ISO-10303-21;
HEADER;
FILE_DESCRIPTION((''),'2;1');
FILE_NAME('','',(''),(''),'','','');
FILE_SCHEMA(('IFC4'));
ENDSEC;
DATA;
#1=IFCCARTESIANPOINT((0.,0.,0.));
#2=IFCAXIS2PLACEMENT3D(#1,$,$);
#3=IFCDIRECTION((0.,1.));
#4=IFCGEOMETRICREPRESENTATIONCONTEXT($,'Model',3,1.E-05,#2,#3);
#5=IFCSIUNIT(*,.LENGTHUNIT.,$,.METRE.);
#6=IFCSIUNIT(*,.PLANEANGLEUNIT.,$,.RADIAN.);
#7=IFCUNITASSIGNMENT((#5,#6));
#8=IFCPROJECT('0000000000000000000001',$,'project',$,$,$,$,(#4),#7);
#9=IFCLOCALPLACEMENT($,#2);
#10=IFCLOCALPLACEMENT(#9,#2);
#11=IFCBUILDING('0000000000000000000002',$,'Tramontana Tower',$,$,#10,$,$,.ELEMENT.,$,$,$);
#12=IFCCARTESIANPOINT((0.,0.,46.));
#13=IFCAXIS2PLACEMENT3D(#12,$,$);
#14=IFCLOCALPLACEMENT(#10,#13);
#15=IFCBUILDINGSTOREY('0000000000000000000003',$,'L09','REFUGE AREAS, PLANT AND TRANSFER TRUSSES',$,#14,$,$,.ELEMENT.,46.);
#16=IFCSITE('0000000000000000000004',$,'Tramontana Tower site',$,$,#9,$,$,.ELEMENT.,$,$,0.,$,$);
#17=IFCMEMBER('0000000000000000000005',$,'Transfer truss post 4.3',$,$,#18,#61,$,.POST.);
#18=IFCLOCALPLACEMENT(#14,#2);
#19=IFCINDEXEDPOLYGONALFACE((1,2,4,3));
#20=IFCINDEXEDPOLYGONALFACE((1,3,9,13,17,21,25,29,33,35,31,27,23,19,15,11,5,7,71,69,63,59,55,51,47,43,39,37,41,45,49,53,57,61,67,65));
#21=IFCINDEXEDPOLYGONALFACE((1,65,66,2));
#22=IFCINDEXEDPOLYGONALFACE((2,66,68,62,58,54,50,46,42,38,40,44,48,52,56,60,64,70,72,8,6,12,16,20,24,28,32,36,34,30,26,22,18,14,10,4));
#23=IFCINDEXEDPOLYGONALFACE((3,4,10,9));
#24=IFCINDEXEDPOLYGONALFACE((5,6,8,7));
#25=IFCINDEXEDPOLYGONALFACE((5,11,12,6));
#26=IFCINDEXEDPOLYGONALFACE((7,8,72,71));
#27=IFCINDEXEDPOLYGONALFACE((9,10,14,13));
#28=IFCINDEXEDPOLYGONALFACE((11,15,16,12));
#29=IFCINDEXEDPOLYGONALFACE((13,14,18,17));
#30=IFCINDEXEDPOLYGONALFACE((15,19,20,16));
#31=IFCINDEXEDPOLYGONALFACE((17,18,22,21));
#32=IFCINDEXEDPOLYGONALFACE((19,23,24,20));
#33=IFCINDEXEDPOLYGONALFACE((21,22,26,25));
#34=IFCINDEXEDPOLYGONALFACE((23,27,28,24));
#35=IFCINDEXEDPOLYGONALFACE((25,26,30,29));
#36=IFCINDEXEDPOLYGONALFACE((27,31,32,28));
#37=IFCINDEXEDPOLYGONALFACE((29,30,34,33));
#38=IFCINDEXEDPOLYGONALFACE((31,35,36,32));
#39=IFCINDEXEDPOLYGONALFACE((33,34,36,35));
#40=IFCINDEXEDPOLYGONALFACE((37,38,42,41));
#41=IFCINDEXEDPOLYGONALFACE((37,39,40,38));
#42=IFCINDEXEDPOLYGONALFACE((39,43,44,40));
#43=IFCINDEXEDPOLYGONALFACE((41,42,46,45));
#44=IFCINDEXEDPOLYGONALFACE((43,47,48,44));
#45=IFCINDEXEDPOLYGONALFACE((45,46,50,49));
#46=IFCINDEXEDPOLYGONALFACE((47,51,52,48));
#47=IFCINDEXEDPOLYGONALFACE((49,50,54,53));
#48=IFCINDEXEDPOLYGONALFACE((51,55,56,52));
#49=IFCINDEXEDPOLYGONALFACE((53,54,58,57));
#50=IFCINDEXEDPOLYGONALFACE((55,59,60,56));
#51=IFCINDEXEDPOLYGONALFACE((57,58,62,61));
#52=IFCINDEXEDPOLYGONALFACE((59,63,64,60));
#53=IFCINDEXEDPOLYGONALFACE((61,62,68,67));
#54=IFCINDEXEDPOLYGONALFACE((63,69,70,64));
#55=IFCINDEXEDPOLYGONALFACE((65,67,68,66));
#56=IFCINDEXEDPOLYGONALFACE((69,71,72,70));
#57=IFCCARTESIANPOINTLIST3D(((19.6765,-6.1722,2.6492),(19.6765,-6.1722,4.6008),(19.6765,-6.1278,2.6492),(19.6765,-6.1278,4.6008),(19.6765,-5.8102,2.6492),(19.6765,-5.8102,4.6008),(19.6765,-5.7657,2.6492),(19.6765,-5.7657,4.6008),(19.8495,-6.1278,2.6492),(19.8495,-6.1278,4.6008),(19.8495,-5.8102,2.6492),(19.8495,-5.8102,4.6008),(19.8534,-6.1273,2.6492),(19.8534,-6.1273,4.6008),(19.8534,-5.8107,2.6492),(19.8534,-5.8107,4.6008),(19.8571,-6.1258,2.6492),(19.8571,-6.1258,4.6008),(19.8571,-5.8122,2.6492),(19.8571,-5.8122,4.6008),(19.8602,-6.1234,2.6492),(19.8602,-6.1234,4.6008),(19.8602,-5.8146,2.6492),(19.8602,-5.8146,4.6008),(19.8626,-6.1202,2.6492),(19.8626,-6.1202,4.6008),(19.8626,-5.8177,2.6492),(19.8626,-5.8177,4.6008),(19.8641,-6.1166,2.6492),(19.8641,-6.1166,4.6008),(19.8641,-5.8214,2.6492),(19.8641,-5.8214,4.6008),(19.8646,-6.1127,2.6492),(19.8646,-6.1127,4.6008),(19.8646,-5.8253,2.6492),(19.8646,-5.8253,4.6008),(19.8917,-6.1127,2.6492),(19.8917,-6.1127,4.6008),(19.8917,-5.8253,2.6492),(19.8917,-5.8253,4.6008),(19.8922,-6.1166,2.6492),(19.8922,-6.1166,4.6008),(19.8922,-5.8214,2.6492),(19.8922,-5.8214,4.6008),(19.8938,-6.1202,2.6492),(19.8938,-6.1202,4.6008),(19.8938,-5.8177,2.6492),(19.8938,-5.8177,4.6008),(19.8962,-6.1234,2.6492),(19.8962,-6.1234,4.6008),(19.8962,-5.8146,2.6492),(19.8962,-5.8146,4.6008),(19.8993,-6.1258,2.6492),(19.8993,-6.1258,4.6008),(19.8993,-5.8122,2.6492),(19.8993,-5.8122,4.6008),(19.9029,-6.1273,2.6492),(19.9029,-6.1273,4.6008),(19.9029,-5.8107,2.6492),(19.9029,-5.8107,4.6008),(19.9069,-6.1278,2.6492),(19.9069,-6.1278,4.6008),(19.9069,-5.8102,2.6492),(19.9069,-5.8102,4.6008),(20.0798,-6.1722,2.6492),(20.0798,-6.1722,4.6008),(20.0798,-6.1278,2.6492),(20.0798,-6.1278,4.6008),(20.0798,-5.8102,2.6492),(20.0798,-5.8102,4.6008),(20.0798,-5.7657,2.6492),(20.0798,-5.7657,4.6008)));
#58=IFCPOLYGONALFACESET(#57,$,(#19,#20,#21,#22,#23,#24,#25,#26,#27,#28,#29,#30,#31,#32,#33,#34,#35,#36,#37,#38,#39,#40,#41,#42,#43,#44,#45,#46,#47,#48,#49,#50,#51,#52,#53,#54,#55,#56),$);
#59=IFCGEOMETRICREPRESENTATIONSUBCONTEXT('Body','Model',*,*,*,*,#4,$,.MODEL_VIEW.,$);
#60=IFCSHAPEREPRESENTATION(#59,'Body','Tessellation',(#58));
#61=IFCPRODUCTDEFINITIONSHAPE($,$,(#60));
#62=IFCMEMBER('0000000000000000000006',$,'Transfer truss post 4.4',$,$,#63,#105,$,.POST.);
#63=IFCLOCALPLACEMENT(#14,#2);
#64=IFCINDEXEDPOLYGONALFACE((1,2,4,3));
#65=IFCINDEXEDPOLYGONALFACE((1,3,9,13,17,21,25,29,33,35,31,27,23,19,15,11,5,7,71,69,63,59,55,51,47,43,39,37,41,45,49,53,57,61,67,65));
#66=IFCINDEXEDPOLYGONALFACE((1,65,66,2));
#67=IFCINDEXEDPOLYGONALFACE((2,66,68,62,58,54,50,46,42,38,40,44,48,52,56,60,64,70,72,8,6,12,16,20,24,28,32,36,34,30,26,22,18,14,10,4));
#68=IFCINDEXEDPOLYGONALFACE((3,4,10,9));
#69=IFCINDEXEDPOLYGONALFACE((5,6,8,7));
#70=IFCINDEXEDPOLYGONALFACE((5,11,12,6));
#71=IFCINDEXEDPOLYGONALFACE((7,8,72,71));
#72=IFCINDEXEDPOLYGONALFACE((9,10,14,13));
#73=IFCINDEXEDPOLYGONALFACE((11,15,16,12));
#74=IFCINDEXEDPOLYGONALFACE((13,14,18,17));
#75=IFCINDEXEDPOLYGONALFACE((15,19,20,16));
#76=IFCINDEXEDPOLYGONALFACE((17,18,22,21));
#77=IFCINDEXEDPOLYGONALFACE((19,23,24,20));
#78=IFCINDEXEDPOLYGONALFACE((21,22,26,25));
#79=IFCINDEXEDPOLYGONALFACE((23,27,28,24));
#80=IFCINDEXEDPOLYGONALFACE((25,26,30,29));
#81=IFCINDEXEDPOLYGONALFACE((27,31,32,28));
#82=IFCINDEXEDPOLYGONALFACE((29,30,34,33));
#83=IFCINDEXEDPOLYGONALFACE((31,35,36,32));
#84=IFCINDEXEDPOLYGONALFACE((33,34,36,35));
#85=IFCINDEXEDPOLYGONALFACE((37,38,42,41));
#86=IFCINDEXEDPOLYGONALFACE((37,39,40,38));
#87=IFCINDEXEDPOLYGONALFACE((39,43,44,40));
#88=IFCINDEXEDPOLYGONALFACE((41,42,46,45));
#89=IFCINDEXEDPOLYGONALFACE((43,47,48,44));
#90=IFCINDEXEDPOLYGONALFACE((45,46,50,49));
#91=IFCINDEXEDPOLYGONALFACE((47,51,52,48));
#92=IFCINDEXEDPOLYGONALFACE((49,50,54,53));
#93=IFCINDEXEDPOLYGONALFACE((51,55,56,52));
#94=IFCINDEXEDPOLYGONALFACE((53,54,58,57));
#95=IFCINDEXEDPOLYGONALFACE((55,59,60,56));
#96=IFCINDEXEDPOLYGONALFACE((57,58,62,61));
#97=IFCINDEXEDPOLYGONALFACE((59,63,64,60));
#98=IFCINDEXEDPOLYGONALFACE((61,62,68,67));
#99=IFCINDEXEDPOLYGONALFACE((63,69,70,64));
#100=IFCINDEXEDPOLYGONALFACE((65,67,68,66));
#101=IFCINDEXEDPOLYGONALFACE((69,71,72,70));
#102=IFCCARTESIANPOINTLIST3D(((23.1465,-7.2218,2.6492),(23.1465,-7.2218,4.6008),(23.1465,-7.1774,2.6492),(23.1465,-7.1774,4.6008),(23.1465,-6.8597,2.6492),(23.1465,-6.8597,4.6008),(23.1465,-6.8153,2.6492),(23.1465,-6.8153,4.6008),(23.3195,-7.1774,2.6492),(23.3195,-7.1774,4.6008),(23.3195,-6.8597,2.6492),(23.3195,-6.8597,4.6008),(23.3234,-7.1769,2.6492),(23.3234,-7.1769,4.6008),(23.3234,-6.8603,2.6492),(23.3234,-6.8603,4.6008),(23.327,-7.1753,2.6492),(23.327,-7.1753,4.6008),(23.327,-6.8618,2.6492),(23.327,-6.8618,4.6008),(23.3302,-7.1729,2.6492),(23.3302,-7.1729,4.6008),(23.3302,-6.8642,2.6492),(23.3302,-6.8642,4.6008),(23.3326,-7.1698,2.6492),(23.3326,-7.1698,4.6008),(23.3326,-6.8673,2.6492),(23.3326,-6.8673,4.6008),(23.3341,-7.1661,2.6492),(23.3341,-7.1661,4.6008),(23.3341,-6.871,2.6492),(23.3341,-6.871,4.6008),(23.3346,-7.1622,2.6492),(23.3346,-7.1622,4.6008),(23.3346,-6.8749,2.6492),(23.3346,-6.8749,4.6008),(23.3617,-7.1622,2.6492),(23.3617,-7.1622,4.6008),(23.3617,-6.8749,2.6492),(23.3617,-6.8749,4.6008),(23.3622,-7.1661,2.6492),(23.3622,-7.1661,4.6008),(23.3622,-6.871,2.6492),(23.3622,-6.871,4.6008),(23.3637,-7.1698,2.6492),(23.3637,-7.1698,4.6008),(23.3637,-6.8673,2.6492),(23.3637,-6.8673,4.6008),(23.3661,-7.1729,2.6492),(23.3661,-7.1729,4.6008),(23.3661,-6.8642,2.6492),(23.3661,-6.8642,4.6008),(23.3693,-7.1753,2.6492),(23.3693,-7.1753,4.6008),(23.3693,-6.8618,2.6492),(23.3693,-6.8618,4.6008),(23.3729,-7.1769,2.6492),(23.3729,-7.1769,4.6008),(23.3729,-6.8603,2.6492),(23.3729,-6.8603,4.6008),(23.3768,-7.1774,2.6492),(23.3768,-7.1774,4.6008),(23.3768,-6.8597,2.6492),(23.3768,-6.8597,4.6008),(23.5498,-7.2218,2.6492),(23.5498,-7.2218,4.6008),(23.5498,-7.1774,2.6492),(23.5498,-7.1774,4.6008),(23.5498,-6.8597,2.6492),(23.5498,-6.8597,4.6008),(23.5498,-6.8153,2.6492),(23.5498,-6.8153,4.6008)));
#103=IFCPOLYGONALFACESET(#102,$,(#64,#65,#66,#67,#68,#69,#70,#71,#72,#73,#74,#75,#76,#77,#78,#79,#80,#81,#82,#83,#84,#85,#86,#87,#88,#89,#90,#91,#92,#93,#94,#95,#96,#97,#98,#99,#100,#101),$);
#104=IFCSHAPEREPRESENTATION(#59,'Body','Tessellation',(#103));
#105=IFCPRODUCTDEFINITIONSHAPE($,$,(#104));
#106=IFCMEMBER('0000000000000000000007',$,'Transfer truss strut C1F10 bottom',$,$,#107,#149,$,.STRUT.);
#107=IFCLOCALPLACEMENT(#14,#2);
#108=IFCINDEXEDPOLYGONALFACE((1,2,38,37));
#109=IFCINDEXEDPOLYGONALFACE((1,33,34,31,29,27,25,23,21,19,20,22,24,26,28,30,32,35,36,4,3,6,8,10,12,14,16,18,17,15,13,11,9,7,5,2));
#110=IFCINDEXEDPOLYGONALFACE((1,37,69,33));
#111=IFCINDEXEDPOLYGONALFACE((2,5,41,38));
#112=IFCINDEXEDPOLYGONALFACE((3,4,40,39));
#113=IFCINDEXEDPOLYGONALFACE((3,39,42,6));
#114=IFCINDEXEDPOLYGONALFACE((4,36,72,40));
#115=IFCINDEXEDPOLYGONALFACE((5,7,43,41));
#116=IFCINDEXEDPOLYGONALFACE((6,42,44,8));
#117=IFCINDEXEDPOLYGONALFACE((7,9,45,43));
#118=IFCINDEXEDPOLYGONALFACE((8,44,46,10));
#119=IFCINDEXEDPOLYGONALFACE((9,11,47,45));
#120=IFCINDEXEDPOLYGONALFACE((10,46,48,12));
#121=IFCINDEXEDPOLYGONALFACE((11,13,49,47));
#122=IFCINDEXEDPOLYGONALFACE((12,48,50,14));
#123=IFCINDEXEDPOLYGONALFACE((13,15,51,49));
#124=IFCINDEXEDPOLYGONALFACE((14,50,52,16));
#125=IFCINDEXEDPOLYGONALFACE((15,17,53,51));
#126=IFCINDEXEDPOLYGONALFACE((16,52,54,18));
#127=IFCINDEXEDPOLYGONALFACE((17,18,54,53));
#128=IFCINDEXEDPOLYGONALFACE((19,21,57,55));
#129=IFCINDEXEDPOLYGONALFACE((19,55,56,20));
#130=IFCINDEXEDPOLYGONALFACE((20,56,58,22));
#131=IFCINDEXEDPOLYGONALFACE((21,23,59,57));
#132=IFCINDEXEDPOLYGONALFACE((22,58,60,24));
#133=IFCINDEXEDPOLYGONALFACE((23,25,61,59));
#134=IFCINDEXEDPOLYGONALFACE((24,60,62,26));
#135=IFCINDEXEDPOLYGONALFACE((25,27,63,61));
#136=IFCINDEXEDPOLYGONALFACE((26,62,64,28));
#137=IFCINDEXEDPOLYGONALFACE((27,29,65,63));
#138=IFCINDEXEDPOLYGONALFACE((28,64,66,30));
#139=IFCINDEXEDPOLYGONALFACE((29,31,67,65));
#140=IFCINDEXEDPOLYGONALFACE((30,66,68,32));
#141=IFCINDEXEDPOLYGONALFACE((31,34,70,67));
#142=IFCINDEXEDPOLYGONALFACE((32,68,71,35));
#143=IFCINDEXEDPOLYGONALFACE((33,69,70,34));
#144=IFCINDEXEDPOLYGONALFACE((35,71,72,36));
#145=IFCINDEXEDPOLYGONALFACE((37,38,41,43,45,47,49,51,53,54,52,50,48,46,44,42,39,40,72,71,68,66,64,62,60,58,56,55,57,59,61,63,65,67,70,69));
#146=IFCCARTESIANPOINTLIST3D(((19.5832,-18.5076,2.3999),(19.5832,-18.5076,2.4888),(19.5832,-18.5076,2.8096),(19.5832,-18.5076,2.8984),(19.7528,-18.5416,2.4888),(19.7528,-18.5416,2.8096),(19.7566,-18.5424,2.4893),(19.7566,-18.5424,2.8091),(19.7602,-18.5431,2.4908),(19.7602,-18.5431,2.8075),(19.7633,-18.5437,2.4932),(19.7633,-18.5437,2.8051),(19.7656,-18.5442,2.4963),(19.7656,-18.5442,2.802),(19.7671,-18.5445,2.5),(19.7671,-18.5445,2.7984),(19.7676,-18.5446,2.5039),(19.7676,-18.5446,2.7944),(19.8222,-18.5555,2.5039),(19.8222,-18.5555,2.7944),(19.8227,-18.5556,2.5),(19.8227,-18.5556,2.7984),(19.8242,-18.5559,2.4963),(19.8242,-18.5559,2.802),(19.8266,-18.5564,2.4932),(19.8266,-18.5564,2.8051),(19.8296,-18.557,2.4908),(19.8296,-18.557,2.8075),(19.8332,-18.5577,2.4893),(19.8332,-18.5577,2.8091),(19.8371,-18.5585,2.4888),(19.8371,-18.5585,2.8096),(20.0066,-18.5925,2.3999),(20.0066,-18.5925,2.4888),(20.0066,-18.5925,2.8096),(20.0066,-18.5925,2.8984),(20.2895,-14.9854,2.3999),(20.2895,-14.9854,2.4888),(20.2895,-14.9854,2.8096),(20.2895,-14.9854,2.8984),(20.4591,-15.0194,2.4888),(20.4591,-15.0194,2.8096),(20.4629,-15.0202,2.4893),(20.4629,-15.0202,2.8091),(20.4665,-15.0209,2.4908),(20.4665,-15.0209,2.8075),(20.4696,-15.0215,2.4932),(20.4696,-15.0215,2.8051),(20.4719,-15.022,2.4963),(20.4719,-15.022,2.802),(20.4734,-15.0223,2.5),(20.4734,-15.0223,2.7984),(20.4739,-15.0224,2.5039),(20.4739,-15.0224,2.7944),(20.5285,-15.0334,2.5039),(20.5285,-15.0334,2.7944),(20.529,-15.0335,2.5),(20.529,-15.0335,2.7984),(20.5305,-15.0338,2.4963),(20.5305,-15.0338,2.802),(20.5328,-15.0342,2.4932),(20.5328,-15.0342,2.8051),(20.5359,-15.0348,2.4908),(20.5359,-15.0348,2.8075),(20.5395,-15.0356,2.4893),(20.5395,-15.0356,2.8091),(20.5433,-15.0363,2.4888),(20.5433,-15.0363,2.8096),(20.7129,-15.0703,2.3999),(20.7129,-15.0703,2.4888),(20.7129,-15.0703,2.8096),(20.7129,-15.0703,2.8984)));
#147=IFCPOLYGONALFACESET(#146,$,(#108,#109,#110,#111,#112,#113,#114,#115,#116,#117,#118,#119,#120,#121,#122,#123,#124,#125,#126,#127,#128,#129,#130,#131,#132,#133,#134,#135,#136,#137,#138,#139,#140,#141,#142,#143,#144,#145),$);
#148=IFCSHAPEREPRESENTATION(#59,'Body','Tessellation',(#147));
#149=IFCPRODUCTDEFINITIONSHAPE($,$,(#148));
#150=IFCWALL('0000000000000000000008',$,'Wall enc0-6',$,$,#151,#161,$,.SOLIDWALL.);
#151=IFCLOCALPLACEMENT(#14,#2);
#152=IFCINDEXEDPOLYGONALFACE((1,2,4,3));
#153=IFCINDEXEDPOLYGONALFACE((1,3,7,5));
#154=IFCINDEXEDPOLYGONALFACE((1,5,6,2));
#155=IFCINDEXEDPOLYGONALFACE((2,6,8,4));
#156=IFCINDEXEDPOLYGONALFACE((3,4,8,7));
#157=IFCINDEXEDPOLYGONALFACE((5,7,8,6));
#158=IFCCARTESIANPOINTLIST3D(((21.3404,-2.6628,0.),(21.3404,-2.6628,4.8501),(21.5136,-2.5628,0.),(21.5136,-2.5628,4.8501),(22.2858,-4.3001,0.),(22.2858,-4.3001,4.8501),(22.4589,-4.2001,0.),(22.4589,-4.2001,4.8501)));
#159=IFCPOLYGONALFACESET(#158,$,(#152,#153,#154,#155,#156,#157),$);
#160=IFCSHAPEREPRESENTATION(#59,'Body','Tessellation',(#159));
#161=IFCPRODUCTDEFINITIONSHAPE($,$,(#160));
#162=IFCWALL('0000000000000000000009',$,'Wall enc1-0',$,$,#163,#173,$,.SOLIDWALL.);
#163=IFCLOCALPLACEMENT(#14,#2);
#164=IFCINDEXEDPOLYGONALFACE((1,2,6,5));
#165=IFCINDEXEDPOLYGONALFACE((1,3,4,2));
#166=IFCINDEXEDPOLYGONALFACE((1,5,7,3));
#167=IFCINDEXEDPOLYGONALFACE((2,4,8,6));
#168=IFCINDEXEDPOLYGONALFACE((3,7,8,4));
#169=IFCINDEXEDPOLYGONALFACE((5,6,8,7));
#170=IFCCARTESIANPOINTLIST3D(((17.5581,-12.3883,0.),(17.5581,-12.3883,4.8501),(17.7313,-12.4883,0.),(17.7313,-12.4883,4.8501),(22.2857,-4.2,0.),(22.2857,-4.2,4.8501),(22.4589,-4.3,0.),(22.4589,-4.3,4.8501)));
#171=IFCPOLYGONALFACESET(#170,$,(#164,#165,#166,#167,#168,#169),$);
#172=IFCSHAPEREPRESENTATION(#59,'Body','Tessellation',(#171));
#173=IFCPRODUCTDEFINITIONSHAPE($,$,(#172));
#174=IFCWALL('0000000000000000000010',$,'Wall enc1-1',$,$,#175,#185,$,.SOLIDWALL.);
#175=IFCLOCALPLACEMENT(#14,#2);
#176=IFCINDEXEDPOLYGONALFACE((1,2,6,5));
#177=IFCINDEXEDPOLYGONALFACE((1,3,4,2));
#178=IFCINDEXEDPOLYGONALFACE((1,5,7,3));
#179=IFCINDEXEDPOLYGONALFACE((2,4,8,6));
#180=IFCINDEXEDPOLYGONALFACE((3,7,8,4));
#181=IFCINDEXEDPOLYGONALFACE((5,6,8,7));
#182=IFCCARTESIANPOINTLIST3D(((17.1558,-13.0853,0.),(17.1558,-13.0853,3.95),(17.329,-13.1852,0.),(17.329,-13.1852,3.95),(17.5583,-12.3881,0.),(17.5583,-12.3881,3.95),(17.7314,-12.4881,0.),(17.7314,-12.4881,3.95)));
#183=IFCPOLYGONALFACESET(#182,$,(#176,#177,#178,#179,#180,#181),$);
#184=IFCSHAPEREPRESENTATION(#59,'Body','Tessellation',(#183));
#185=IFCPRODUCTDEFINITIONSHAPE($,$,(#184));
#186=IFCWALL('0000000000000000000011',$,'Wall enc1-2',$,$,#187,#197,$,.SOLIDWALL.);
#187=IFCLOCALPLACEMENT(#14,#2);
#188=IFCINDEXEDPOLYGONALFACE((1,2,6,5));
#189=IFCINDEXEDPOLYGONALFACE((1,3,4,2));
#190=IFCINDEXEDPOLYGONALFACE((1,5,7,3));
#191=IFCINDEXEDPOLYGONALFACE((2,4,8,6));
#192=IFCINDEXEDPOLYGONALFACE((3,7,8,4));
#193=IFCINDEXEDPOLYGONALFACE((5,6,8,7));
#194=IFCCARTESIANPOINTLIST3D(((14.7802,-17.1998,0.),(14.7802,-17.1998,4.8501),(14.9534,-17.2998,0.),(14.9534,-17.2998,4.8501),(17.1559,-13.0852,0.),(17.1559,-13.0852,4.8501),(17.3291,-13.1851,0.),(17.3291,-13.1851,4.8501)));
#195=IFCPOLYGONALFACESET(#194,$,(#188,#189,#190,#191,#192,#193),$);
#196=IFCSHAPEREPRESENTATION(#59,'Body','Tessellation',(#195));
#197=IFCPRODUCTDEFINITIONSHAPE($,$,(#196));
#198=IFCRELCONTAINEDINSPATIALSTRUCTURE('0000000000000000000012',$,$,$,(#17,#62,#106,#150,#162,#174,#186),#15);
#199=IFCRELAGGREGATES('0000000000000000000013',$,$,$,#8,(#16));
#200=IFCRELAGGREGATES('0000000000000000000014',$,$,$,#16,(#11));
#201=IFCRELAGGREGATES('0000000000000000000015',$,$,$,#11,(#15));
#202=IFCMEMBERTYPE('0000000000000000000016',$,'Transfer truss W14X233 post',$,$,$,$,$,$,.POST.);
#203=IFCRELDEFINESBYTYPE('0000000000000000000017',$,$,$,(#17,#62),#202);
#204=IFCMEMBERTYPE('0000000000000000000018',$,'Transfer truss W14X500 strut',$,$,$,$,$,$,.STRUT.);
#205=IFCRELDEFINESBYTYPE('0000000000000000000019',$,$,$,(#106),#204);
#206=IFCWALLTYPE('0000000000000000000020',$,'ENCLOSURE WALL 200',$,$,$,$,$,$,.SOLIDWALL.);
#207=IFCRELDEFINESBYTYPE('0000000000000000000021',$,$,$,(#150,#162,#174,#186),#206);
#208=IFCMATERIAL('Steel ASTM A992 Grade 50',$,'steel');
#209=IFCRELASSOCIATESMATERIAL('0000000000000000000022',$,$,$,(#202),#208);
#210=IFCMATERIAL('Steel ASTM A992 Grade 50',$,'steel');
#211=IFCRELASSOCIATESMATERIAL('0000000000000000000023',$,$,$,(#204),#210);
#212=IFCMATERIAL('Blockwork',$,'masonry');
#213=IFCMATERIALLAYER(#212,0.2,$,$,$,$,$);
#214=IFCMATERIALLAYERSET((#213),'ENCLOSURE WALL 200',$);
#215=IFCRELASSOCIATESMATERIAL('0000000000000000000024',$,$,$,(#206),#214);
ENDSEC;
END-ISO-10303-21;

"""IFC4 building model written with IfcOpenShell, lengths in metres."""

from ifc_helpers import new_model, si_unit, direction, frame, frame_2d, origin, origin_2d, place, context, subcontext, project, spatial, rectangle, i_section, extrude, material, layer, layer_set, material_profile, profile_set, type_object, element, save


model = new_model("IFC4")

# Units and contexts
model_context = context("Model", 3, precision=1e-05, world=origin(), true_north=direction((0.0, 1.0)))
body_context = subcontext(model_context, "Body", "Model", "MODEL_VIEW")
ifc_project = project(units=[si_unit("LENGTHUNIT", "METRE"), si_unit("PLANEANGLEUNIT", "RADIAN")], contexts=[model_context])

# Site, building, storey
site_placement = place(None, origin())
site = spatial("IfcSite", under=ifc_project, at=site_placement, Name="Tramontana Tower site", CompositionType="ELEMENT", RefElevation=0.0)
building_placement = place(site_placement, origin())
building = spatial("IfcBuilding", under=site, at=building_placement, Name="Tramontana Tower", CompositionType="ELEMENT")
storey_placement = place(building_placement, frame((0.0, 0.0, 46.0)))
storey = spatial("IfcBuildingStorey", under=building, at=storey_placement, Name="L09", Description="REFUGE AREAS, PLANT AND TRANSFER TRUSSES", CompositionType="ELEMENT", Elevation=46.0)

# Members
ifc_material_1 = material(Name="Steel ASTM A992 Grade 50", Category="steel")
ifc_material_profile_1 = material_profile(ifc_material_1, i_section(OverallWidth=0.4033, OverallDepth=0.4065, WebThickness=0.0271, FlangeThickness=0.0444, FilletRadius=0.0151, at=origin_2d()), Name="W14X233")
ifc_profile_set_1 = profile_set([ifc_material_profile_1], Name="Steel ASTM A992 Grade 50")
member_type_1 = type_object("IfcMemberType", Name="Transfer truss W14X233 post", PredefinedType="POST", material=ifc_profile_set_1)
for number, where, z_axis, x_axis, name in (
    (1, (19.8782, -5.969, 2.6492), (0.0, 0.0, 1.0), (1.0, 0.0, 0.0), "Transfer truss post 4.3"),
    (2, (23.3481, -7.0186, 2.6492), (0.0, 0.0, 1.0), (1.0, 0.0, 0.0), "Transfer truss post 4.4"),
):
    element("IfcMember", number, at=place(storey_placement, frame(where, z_axis=z_axis, x_axis=x_axis)), inside=storey, type_object=member_type_1, Name=name, PredefinedType="POST", context=body_context, shape_type="SweptSolid", body=[
        extrude(i_section(OverallWidth=0.4033, OverallDepth=0.4065, WebThickness=0.0271, FlangeThickness=0.0444, FilletRadius=0.0151, at=origin_2d()), origin(), (0.0, 0.0, 1.0), 1.9517),
    ])
ifc_material_2 = material(Name="Steel ASTM A992 Grade 50", Category="steel")
ifc_material_profile_2 = material_profile(ifc_material_2, i_section(OverallWidth=0.4319, OverallDepth=0.4985, WebThickness=0.0557, FlangeThickness=0.0889, FilletRadius=0.0151, at=origin_2d()), Name="W14X500")
ifc_profile_set_2 = profile_set([ifc_material_profile_2], Name="Steel ASTM A992 Grade 50")
member_type_2 = type_object("IfcMemberType", Name="Transfer truss W14X500 strut", PredefinedType="STRUT", material=ifc_profile_set_2)
member_1_placement = place(storey_placement, frame((19.7949, -18.55, 2.6492), z_axis=(0.196613, 0.980481, 0.0), x_axis=(-0.980481, 0.196613, 0.0)))
element("IfcMember", 3, at=member_1_placement, inside=storey, type_object=member_type_2, Name="Transfer truss strut C1F10 bottom", PredefinedType="STRUT", context=body_context, shape_type="SweptSolid", body=[
    extrude(i_section(OverallWidth=0.4319, OverallDepth=0.4985, WebThickness=0.0557, FlangeThickness=0.0889, FilletRadius=0.0151, at=origin_2d()), origin(), (0.0, 0.0, 1.0), 3.5923),
])

# Walls
ifc_material_3 = material(Name="Blockwork", Category="masonry")
ifc_layer_1 = layer(ifc_material_3, 0.2)
ifc_layer_set_1 = layer_set([ifc_layer_1], Name="ENCLOSURE WALL 200")
wall_type_1 = type_object("IfcWallType", Name="ENCLOSURE WALL 200", PredefinedType="SOLIDWALL", material=ifc_layer_set_1)
wall_1_placement = place(storey_placement, frame((21.427, -2.6128, 0.0), z_axis=(0.0, 0.0, 1.0), x_axis=(0.500028, -0.866009, 0.0)))
element("IfcWall", 4, at=wall_1_placement, inside=storey, type_object=wall_type_1, Name="Wall enc0-6", PredefinedType="SOLIDWALL", context=body_context, shape_type="SweptSolid", body=[
    extrude(rectangle(XDim=1.8906, YDim=0.2, at=frame_2d((0.9453, 0.0))), origin(), (0.0, 0.0, 1.0), 4.8501),
])
wall_2_placement = place(storey_placement, frame((22.3723, -4.25, 0.0), z_axis=(0.0, 0.0, 1.0), x_axis=(-0.500005, -0.866023, 0.0)))
element("IfcWall", 5, at=wall_2_placement, inside=storey, type_object=wall_type_1, Name="Wall enc1-0", PredefinedType="SOLIDWALL", context=body_context, shape_type="SweptSolid", body=[
    extrude(rectangle(XDim=9.4551, YDim=0.2, at=frame_2d((4.7275, 0.0))), origin(), (0.0, 0.0, 1.0), 4.8501),
])
wall_3_placement = place(storey_placement, frame((17.6448, -12.4382, 0.0), z_axis=(0.0, 0.0, 1.0), x_axis=(-0.499924, -0.866069, 0.0)))
element("IfcWall", 6, at=wall_3_placement, inside=storey, type_object=wall_type_1, Name="Wall enc1-1", PredefinedType="SOLIDWALL", context=body_context, shape_type="SweptSolid", body=[
    extrude(rectangle(XDim=0.8049, YDim=0.2, at=frame_2d((0.4023, 0.0))), origin(), (0.0, 0.0, 1.0), 3.95),
])
wall_4_placement = place(storey_placement, frame((17.2424, -13.1353, 0.0), z_axis=(0.0, 0.0, 1.0), x_axis=(-0.500013, -0.866018, 0.0)))
element("IfcWall", 7, at=wall_4_placement, inside=storey, type_object=wall_type_1, Name="Wall enc1-2", PredefinedType="SOLIDWALL", context=body_context, shape_type="SweptSolid", body=[
    extrude(rectangle(XDim=4.7512, YDim=0.2, at=frame_2d((2.3755, 0.0))), origin(), (0.0, 0.0, 1.0), 4.8501),
])

save(model, "model.ifc")
